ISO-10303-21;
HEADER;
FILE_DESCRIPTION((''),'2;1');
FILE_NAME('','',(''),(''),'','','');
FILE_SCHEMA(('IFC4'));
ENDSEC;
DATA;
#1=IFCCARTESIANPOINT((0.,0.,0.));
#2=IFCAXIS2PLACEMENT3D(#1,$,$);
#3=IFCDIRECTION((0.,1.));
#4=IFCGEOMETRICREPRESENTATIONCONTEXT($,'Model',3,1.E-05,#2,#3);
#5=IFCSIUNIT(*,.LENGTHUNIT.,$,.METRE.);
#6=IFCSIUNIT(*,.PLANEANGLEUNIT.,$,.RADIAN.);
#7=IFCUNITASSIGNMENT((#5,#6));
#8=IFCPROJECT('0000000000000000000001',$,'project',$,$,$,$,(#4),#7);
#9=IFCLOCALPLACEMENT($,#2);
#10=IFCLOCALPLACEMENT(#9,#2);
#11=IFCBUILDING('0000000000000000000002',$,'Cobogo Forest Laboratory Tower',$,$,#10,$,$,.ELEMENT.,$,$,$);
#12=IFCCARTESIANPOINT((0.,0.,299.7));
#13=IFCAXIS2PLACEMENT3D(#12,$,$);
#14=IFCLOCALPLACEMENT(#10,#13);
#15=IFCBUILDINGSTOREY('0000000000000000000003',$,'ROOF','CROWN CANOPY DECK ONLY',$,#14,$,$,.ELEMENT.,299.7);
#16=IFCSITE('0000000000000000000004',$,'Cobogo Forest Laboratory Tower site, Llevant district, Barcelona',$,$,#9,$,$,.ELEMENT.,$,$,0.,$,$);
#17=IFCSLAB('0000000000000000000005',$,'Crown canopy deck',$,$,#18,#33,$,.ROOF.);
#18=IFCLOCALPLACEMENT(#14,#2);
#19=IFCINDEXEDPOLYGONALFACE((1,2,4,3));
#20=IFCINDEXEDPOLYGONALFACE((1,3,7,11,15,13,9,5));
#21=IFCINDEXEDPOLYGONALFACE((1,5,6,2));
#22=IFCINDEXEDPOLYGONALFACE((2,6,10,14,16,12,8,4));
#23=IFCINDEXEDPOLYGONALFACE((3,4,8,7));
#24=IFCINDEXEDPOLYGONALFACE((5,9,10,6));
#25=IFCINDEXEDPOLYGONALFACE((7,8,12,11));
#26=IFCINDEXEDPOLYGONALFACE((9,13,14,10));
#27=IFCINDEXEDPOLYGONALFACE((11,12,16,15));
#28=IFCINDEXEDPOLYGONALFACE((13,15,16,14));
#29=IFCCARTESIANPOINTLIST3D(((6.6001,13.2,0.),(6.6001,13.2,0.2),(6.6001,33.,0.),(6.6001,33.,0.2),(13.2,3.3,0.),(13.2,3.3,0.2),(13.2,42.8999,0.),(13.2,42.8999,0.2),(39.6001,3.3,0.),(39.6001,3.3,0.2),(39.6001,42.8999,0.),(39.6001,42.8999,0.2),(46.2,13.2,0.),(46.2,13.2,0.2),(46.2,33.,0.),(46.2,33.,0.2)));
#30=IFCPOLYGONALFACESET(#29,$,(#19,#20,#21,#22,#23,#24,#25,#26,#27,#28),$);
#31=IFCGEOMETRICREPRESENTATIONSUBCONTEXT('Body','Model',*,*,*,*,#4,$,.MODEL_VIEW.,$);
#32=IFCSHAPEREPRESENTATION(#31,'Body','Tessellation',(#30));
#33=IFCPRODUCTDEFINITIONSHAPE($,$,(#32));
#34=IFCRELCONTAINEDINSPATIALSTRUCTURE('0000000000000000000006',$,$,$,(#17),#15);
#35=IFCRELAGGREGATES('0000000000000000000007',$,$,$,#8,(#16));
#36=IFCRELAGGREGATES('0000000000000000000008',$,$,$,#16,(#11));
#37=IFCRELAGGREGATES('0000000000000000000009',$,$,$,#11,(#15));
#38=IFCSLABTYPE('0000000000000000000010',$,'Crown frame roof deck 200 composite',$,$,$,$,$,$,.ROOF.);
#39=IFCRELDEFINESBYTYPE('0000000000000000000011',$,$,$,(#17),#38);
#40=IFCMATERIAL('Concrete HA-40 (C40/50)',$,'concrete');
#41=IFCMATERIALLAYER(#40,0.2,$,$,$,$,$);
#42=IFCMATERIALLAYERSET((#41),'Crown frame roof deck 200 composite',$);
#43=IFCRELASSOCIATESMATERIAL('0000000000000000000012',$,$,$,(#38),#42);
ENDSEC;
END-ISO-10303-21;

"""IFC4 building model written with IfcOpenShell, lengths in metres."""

from ifc_helpers import new_model, si_unit, direction, frame, origin, place, context, subcontext, project, spatial, polyline, outline, extrude, material, layer, layer_set, type_object, element, save


model = new_model("IFC4")

# Units and contexts
model_context = context("Model", 3, precision=1e-05, world=origin(), true_north=direction((0.0, 1.0)))
body_context = subcontext(model_context, "Body", "Model", "MODEL_VIEW")
ifc_project = project(units=[si_unit("LENGTHUNIT", "METRE"), si_unit("PLANEANGLEUNIT", "RADIAN")], contexts=[model_context])

# Site, building, storey
site_placement = place(None, origin())
site = spatial("IfcSite", under=ifc_project, at=site_placement, Name="Cobogo Forest Laboratory Tower site, Llevant district, Barcelona", CompositionType="ELEMENT", RefElevation=0.0)
building_placement = place(site_placement, origin())
building = spatial("IfcBuilding", under=site, at=building_placement, Name="Cobogo Forest Laboratory Tower", CompositionType="ELEMENT")
storey_placement = place(building_placement, frame((0.0, 0.0, 299.7)))
storey = spatial("IfcBuildingStorey", under=building, at=storey_placement, Name="ROOF", Description="CROWN CANOPY DECK ONLY", CompositionType="ELEMENT", Elevation=299.7)

# Slab
ifc_material = material(Name="Concrete HA-40 (C40/50)", Category="concrete")
ifc_layer = layer(ifc_material, 0.2)
ifc_layer_set = layer_set([ifc_layer], Name="Crown frame roof deck 200 composite")
slab_type = type_object("IfcSlabType", Name="Crown frame roof deck 200 composite", PredefinedType="ROOF", material=ifc_layer_set)
slab_placement = place(storey_placement, origin())
element("IfcSlab", 1, at=slab_placement, inside=storey, type_object=slab_type, Name="Crown canopy deck", PredefinedType="ROOF", context=body_context, shape_type="SweptSolid", body=[
    extrude(outline(polyline([(13.2, 3.3), (39.6001, 3.3), (46.2, 13.2), (46.2, 33.0), (39.6001, 42.8999), (13.2, 42.8999), (6.6001, 33.0), (6.6001, 13.2), (13.2, 3.3)])), origin(), (0.0, 0.0, 1.0), 0.2),
])

save(model, "model.ifc")
